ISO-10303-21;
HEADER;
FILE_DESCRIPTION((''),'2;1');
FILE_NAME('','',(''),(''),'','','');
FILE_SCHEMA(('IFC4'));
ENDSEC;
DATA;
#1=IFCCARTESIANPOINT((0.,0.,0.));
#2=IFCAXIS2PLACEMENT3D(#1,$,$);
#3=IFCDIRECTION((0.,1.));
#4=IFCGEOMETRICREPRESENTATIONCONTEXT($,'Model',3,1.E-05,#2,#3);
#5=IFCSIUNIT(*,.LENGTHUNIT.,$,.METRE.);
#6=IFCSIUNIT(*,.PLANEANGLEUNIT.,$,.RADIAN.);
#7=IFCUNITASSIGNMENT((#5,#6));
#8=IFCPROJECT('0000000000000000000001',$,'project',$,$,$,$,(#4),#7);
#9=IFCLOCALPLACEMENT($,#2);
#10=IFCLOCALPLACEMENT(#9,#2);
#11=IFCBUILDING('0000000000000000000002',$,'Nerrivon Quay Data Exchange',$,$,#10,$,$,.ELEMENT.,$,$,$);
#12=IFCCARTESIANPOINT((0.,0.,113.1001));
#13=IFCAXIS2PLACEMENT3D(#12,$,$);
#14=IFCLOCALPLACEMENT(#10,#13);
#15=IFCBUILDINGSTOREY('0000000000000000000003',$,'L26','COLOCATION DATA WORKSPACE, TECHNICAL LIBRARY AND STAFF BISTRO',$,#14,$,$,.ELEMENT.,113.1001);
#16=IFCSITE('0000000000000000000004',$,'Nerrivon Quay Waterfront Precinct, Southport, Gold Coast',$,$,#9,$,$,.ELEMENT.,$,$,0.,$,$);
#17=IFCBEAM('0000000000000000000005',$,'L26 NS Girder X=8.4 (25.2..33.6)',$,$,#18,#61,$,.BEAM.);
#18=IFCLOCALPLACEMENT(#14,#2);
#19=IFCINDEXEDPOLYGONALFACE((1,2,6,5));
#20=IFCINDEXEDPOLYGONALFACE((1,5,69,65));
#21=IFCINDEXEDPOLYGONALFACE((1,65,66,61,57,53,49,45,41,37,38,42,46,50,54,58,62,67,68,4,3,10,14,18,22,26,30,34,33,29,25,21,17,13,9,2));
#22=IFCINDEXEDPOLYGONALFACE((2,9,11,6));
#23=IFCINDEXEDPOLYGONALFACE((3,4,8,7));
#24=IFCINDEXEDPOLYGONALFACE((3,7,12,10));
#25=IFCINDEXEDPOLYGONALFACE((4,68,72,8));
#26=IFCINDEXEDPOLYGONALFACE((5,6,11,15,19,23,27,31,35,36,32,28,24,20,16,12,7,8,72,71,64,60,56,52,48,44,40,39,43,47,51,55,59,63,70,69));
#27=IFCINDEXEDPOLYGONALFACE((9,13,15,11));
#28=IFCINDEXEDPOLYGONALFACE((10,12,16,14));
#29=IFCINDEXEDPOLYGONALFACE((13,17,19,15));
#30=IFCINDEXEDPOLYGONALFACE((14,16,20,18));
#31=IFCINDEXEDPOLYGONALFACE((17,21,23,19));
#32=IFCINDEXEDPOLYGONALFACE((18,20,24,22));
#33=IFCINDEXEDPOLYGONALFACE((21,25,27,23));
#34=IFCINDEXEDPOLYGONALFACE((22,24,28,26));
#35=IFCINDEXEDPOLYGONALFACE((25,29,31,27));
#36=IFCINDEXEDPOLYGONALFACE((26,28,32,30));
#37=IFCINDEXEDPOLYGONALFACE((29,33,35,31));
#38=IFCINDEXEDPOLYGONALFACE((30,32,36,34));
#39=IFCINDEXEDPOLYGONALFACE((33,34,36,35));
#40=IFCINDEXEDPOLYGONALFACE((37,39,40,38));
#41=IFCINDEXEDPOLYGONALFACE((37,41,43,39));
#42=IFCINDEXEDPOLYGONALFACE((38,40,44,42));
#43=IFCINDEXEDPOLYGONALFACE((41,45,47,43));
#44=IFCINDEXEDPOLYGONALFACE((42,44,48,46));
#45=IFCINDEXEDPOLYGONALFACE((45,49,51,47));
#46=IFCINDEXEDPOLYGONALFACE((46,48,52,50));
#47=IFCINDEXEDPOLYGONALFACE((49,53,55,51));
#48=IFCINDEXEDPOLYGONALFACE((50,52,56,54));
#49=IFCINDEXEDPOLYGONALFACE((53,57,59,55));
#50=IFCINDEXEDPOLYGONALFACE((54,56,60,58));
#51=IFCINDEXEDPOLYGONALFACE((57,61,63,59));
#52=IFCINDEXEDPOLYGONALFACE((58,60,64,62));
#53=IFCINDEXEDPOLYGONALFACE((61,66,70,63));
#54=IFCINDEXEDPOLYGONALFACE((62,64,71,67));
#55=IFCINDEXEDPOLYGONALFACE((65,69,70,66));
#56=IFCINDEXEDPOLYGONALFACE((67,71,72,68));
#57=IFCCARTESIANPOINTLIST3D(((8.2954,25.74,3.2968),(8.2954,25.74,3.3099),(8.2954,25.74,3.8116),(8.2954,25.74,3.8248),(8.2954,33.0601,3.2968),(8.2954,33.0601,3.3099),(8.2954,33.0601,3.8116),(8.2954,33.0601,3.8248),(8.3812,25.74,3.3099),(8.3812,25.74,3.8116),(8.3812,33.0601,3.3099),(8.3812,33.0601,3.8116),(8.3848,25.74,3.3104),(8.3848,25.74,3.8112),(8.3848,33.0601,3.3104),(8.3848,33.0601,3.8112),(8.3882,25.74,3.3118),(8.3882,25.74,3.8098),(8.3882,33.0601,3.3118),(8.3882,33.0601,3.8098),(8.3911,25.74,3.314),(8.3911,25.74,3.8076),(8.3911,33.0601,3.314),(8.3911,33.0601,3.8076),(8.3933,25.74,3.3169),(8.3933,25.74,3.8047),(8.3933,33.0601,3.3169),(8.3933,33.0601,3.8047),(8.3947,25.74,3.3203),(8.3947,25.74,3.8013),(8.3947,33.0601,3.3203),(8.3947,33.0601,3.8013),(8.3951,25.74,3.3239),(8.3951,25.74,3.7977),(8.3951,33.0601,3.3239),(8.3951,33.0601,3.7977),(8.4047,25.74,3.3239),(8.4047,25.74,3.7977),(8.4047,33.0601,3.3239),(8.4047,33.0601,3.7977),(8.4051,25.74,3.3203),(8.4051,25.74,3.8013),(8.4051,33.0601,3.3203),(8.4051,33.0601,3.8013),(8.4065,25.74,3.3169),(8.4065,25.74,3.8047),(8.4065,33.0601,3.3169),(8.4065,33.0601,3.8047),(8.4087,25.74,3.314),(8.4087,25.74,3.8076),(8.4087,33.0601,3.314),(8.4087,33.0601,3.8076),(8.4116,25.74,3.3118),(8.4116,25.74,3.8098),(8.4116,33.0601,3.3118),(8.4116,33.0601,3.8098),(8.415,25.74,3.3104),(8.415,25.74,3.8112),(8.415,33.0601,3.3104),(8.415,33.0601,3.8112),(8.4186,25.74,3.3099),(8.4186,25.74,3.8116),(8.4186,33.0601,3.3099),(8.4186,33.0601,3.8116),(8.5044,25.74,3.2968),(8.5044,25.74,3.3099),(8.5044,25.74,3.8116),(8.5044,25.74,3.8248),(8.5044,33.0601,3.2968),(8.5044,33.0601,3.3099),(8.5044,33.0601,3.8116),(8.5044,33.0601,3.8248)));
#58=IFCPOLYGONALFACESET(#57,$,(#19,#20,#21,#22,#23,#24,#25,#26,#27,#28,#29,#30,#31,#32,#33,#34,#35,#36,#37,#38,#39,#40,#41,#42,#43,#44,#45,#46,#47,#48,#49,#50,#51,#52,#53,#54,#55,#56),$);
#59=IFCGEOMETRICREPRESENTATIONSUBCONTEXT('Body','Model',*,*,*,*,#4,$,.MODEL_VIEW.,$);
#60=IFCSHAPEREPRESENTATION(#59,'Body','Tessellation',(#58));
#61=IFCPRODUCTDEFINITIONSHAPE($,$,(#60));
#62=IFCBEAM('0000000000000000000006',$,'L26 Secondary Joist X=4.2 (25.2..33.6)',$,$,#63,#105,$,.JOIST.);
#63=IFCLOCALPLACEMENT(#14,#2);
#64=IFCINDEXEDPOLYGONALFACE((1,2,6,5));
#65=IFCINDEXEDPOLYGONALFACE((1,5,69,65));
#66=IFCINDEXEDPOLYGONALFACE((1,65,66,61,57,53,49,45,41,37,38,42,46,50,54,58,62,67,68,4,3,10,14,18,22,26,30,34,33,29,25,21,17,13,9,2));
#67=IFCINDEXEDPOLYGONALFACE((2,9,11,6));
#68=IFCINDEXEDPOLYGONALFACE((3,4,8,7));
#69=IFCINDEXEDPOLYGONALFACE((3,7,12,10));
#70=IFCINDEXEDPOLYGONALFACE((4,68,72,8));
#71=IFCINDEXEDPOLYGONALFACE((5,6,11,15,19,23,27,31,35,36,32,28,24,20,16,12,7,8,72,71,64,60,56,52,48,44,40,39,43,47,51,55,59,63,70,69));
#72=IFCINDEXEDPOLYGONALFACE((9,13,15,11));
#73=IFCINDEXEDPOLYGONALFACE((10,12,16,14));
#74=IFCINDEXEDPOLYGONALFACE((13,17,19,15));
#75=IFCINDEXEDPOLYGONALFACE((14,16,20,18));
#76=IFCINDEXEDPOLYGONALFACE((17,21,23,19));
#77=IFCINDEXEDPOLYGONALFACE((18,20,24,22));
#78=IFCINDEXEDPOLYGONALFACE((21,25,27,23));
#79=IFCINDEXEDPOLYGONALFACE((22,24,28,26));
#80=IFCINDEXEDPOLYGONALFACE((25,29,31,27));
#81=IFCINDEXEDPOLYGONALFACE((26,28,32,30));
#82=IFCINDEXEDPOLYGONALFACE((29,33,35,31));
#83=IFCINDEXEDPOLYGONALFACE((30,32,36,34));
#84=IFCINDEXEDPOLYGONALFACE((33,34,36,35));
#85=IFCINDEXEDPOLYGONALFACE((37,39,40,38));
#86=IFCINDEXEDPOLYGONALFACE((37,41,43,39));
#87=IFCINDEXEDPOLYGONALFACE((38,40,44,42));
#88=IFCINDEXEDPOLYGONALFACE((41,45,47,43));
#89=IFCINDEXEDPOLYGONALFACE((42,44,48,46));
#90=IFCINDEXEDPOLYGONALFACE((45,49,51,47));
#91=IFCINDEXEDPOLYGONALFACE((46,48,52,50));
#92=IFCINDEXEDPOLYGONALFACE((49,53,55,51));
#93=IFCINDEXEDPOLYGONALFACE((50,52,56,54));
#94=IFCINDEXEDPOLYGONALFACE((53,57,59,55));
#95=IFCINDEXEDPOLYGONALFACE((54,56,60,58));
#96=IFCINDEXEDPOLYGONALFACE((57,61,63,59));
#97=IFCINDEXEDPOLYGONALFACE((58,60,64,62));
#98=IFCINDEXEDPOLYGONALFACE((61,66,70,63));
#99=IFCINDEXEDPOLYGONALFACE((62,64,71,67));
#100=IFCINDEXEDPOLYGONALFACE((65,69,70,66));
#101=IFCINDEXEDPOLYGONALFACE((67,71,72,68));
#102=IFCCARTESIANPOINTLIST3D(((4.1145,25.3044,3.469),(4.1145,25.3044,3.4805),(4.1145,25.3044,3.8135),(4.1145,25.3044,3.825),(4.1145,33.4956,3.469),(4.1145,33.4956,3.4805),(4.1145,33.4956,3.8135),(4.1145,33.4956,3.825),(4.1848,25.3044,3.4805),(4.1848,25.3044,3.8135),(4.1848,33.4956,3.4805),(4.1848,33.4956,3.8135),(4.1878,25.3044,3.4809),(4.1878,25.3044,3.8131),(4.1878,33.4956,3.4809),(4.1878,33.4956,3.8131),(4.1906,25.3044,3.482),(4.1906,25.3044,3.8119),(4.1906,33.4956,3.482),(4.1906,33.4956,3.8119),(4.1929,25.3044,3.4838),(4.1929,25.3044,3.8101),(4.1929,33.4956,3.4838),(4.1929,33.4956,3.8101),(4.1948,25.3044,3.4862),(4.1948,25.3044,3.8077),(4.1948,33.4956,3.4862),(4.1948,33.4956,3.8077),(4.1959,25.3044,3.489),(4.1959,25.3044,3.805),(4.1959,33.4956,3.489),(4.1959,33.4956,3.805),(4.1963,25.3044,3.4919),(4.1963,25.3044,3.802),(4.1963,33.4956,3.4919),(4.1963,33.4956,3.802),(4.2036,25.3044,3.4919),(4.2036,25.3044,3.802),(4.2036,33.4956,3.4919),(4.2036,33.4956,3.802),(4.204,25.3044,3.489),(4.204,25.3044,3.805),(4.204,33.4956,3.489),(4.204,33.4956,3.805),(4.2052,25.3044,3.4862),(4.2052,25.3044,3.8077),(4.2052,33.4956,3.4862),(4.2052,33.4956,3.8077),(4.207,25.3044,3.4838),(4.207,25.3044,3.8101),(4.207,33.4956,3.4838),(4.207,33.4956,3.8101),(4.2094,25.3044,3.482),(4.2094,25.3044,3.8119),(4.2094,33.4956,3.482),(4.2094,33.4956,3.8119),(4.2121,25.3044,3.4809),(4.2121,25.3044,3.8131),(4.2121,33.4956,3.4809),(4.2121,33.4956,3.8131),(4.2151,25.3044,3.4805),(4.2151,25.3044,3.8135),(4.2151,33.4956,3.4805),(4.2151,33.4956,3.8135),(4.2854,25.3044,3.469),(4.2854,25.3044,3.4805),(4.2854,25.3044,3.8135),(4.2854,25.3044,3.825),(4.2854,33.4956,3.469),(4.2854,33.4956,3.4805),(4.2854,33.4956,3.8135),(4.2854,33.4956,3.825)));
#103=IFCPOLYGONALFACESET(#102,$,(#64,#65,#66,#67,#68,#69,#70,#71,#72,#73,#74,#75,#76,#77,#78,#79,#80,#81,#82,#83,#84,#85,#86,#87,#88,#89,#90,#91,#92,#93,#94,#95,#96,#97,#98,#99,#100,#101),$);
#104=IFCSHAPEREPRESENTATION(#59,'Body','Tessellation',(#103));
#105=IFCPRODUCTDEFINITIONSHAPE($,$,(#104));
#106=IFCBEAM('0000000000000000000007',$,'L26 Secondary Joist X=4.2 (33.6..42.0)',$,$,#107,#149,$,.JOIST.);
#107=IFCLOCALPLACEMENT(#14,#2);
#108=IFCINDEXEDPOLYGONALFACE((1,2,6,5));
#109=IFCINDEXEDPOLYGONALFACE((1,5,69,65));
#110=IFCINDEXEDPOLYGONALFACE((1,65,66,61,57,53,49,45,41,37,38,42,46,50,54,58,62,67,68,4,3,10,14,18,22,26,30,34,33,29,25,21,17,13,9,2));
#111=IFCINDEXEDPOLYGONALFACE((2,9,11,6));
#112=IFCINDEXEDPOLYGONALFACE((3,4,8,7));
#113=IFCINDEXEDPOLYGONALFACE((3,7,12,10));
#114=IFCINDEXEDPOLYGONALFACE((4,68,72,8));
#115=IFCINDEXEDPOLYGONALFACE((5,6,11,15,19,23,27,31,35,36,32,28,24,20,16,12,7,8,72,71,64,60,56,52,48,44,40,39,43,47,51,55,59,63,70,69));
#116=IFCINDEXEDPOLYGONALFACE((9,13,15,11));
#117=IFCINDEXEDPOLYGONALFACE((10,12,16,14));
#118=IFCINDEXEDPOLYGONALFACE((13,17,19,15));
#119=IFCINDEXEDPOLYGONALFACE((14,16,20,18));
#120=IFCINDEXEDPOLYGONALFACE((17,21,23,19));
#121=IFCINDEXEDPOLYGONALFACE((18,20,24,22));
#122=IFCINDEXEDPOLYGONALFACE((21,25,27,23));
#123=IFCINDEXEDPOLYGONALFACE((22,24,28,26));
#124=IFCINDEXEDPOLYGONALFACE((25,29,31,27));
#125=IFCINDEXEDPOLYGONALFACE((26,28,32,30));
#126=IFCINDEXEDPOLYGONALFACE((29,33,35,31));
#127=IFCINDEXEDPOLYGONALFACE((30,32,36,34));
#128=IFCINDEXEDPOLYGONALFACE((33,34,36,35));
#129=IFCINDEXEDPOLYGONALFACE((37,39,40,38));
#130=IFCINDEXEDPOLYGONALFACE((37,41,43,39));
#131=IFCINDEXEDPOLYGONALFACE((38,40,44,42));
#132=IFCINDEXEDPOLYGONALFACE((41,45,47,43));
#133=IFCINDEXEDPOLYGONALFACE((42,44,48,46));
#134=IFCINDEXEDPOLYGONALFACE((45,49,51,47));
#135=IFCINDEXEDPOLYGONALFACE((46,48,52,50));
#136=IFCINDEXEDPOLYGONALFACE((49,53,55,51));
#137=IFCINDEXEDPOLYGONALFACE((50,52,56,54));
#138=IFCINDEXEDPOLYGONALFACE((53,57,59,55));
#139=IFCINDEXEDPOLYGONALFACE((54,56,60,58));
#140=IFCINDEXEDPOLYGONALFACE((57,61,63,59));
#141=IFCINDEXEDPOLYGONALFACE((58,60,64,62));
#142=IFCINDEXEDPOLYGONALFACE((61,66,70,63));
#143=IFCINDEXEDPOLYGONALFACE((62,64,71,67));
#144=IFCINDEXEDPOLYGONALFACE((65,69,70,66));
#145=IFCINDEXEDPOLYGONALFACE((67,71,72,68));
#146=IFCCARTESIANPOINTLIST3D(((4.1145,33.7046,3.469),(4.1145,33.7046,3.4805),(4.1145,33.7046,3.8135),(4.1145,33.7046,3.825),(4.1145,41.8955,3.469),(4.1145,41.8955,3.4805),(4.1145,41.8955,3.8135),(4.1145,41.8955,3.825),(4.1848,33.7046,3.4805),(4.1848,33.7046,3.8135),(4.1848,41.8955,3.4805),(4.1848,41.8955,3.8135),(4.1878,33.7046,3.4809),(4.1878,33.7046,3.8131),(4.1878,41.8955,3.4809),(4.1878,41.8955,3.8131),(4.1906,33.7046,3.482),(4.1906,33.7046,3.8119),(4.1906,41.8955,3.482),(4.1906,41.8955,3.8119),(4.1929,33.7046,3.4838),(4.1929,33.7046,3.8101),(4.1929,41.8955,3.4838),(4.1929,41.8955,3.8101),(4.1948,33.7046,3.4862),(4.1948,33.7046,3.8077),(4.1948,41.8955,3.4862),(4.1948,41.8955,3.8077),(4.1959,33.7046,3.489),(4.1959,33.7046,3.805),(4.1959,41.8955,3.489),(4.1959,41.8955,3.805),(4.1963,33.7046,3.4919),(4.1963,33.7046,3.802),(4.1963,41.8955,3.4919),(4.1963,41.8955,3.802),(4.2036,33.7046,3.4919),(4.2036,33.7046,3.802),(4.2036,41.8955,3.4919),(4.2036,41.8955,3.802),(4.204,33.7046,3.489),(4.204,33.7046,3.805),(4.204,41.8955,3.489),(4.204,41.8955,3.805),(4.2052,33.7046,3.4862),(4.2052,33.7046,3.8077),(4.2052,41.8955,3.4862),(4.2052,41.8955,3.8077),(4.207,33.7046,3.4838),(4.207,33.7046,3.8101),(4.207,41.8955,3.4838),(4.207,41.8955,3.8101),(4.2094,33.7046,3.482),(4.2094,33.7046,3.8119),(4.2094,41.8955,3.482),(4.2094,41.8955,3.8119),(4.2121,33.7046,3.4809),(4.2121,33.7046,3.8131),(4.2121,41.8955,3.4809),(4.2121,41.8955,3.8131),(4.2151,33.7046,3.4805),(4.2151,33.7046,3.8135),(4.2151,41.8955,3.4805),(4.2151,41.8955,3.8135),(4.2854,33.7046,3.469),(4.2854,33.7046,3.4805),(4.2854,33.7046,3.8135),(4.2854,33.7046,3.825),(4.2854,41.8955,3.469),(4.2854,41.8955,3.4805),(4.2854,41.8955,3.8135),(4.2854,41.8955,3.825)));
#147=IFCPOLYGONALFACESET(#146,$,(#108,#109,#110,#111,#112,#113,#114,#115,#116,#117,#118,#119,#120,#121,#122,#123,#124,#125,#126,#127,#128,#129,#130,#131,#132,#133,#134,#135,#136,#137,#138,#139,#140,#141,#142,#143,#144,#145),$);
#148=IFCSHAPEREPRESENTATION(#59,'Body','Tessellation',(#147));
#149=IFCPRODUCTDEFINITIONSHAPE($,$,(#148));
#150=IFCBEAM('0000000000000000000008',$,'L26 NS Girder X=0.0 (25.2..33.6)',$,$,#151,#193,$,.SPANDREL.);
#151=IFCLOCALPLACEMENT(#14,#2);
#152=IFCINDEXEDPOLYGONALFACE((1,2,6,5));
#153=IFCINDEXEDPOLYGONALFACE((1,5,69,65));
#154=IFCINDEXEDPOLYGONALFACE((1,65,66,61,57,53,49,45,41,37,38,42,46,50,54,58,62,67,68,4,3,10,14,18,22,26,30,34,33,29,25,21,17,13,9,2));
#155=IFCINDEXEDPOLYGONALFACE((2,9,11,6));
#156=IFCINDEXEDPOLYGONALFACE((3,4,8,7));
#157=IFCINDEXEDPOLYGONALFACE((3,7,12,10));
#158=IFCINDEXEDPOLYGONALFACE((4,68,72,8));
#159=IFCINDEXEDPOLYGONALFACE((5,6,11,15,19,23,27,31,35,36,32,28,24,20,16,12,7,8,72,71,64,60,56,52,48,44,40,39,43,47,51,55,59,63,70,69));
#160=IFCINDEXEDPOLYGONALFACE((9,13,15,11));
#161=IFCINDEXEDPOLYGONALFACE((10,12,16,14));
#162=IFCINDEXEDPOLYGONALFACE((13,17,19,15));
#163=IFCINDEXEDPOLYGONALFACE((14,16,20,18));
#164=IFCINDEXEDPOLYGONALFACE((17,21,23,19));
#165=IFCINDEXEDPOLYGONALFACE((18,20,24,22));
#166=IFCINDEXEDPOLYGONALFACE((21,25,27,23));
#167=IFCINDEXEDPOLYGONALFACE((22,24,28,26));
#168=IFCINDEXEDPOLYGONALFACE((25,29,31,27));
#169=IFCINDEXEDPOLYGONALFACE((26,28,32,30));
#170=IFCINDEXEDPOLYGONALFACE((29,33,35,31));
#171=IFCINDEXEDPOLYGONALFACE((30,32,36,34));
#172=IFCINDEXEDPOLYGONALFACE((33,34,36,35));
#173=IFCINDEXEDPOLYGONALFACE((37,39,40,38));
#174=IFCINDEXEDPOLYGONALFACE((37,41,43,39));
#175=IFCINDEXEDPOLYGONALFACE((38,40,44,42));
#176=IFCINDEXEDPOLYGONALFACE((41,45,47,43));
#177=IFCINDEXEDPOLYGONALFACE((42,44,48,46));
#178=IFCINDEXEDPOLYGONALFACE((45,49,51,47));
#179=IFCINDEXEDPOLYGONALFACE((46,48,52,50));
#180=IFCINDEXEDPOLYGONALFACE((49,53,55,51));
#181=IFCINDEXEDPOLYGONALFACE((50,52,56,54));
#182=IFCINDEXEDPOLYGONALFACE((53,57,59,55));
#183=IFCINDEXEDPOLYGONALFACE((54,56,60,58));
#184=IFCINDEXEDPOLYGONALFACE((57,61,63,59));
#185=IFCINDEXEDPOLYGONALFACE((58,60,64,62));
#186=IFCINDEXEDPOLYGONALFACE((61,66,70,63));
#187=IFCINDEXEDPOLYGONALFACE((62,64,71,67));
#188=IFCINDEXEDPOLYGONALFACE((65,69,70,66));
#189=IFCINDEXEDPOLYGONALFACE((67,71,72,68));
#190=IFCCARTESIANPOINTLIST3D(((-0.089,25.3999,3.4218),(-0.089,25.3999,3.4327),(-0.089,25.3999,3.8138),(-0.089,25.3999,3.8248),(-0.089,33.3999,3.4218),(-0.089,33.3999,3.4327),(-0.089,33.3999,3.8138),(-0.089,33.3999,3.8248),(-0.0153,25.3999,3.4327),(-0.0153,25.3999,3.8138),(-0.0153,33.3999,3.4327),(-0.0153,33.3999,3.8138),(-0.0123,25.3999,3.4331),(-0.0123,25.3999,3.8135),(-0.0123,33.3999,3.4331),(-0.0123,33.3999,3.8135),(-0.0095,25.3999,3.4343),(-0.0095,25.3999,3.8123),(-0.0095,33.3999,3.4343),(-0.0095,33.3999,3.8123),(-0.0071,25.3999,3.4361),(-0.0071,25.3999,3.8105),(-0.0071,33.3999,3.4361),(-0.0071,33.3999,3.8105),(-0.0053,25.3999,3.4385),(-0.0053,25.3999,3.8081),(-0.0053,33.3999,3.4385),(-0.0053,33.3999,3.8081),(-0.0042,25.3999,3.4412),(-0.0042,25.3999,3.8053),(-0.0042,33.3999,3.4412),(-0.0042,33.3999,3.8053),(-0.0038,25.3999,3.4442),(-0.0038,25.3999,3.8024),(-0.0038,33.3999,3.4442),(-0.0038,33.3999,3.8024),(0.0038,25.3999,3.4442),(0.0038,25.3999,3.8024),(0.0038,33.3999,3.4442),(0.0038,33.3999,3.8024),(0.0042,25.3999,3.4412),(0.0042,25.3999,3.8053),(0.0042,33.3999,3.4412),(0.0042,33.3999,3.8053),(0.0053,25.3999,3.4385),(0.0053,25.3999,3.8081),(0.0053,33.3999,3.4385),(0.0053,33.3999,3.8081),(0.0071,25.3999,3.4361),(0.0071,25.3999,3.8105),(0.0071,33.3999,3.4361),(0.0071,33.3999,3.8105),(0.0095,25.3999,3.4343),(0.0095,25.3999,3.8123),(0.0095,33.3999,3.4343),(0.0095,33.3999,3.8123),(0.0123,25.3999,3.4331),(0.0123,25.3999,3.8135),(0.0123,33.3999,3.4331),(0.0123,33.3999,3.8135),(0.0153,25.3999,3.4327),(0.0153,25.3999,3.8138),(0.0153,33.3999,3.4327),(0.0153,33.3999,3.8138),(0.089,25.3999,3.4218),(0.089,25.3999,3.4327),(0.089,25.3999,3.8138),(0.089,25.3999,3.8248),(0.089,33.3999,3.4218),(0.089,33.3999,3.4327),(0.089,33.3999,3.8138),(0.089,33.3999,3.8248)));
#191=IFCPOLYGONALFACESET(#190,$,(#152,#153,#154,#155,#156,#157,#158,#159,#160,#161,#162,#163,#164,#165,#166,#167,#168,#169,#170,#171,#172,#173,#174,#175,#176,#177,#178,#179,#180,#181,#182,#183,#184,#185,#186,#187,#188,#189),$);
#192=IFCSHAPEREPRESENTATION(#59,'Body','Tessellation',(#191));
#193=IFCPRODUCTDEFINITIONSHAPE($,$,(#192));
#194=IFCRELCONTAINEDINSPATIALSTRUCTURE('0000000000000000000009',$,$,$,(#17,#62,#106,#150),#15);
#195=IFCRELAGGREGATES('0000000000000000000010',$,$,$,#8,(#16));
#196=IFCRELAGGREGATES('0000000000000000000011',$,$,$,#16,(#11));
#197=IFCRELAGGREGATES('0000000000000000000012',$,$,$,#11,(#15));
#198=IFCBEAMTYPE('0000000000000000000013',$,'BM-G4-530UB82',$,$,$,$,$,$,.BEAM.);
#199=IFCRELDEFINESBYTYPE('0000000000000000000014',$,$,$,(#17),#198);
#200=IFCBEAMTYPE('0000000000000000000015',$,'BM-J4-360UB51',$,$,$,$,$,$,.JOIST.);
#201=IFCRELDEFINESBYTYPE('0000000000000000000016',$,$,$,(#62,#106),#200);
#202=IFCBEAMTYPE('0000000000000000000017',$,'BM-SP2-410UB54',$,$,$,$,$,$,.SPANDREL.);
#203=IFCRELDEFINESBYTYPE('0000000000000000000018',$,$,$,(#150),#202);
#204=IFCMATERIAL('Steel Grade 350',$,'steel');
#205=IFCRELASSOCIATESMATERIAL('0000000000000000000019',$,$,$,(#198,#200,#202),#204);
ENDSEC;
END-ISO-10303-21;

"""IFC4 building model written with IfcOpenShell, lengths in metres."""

from ifc_helpers import new_model, si_unit, direction, frame, origin, origin_2d, place, context, subcontext, project, spatial, i_section, extrude, material, material_profile, profile_set, type_object, element, save


model = new_model("IFC4")

# Units and contexts
model_context = context("Model", 3, precision=1e-05, world=origin(), true_north=direction((0.0, 1.0)))
body_context = subcontext(model_context, "Body", "Model", "MODEL_VIEW")
ifc_project = project(units=[si_unit("LENGTHUNIT", "METRE"), si_unit("PLANEANGLEUNIT", "RADIAN")], contexts=[model_context])

# Site, building, storey
site_placement = place(None, origin())
site = spatial("IfcSite", under=ifc_project, at=site_placement, Name="Nerrivon Quay Waterfront Precinct, Southport, Gold Coast", CompositionType="ELEMENT", RefElevation=0.0)
building_placement = place(site_placement, origin())
building = spatial("IfcBuilding", under=site, at=building_placement, Name="Nerrivon Quay Data Exchange", CompositionType="ELEMENT")
storey_placement = place(building_placement, frame((0.0, 0.0, 113.1001)))
storey = spatial("IfcBuildingStorey", under=building, at=storey_placement, Name="L26", Description="COLOCATION DATA WORKSPACE, TECHNICAL LIBRARY AND STAFF BISTRO", CompositionType="ELEMENT", Elevation=113.1001)

# Shared definitions
ifc_material_1 = material(Name="Steel Grade 350", Category="steel")

# Beams
ifc_material_profile_1 = material_profile(ifc_material_1, i_section(OverallWidth=0.209, OverallDepth=0.5281, WebThickness=0.0095, FlangeThickness=0.0132, FilletRadius=0.0139, at=origin_2d()), Name="530UB82.0")
ifc_profile_set_1 = profile_set([ifc_material_profile_1], Name="Steel Grade 350")
beam_type_1 = type_object("IfcBeamType", Name="BM-G4-530UB82", PredefinedType="BEAM", material=ifc_profile_set_1)
beam_1_placement = place(storey_placement, frame((8.3999, 25.74, 3.5608), z_axis=(0.0, 1.0, 0.0), x_axis=(-1.0, 0.0, 0.0)))
element("IfcBeam", 1, at=beam_1_placement, inside=storey, type_object=beam_type_1, Name="L26 NS Girder X=8.4 (25.2..33.6)", PredefinedType="BEAM", context=body_context, shape_type="SweptSolid", body=[
    extrude(i_section(OverallWidth=0.209, OverallDepth=0.5281, WebThickness=0.0095, FlangeThickness=0.0132, FilletRadius=0.0139, at=origin_2d()), origin(), (0.0, 0.0, 1.0), 7.3201),
])
ifc_material_profile_2 = material_profile(ifc_material_1, i_section(OverallWidth=0.1709, OverallDepth=0.356, WebThickness=0.0073, FlangeThickness=0.0115, FilletRadius=0.0115, at=origin_2d()), Name="360UB50.7")
ifc_profile_set_2 = profile_set([ifc_material_profile_2], Name="Steel Grade 350")
beam_type_2 = type_object("IfcBeamType", Name="BM-J4-360UB51", PredefinedType="JOIST", material=ifc_profile_set_2)
beam_2_placement = place(storey_placement, frame((4.2, 25.3044, 3.647), z_axis=(0.0, 1.0, 0.0), x_axis=(-1.0, 0.0, 0.0)))
element("IfcBeam", 2, at=beam_2_placement, inside=storey, type_object=beam_type_2, Name="L26 Secondary Joist X=4.2 (25.2..33.6)", PredefinedType="JOIST", context=body_context, shape_type="SweptSolid", body=[
    extrude(i_section(OverallWidth=0.1709, OverallDepth=0.356, WebThickness=0.0073, FlangeThickness=0.0115, FilletRadius=0.0115, at=origin_2d()), origin(), (0.0, 0.0, 1.0), 8.1912),
])
beam_3_placement = place(storey_placement, frame((4.2, 33.7046, 3.647), z_axis=(0.0, 1.0, 0.0), x_axis=(-1.0, 0.0, 0.0)))
element("IfcBeam", 3, at=beam_3_placement, inside=storey, type_object=beam_type_2, Name="L26 Secondary Joist X=4.2 (33.6..42.0)", PredefinedType="JOIST", context=body_context, shape_type="SweptSolid", body=[
    extrude(i_section(OverallWidth=0.1709, OverallDepth=0.356, WebThickness=0.0073, FlangeThickness=0.0115, FilletRadius=0.0115, at=origin_2d()), origin(), (0.0, 0.0, 1.0), 8.1909),
])
ifc_material_profile_3 = material_profile(ifc_material_1, i_section(OverallWidth=0.178, OverallDepth=0.4031, WebThickness=0.0076, FlangeThickness=0.011, FilletRadius=0.0115, at=origin_2d()), Name="410UB53.7")
ifc_profile_set_3 = profile_set([ifc_material_profile_3], Name="Steel Grade 350")
beam_type_3 = type_object("IfcBeamType", Name="BM-SP2-410UB54", PredefinedType="SPANDREL", material=ifc_profile_set_3)
for number, where, z_axis, x_axis, name in (
    (4, (0.0, 25.3999, 3.6233), (0.0, 1.0, 0.0), (-1.0, 0.0, 0.0), "L26 NS Girder X=0.0 (25.2..33.6)"),
):
    element("IfcBeam", number, at=place(storey_placement, frame(where, z_axis=z_axis, x_axis=x_axis)), inside=storey, type_object=beam_type_3, Name=name, PredefinedType="SPANDREL", context=body_context, shape_type="SweptSolid", body=[
        extrude(i_section(OverallWidth=0.178, OverallDepth=0.4031, WebThickness=0.0076, FlangeThickness=0.011, FilletRadius=0.0115, at=origin_2d()), origin(), (0.0, 0.0, 1.0), 8.0),
    ])

save(model, "model.ifc")
